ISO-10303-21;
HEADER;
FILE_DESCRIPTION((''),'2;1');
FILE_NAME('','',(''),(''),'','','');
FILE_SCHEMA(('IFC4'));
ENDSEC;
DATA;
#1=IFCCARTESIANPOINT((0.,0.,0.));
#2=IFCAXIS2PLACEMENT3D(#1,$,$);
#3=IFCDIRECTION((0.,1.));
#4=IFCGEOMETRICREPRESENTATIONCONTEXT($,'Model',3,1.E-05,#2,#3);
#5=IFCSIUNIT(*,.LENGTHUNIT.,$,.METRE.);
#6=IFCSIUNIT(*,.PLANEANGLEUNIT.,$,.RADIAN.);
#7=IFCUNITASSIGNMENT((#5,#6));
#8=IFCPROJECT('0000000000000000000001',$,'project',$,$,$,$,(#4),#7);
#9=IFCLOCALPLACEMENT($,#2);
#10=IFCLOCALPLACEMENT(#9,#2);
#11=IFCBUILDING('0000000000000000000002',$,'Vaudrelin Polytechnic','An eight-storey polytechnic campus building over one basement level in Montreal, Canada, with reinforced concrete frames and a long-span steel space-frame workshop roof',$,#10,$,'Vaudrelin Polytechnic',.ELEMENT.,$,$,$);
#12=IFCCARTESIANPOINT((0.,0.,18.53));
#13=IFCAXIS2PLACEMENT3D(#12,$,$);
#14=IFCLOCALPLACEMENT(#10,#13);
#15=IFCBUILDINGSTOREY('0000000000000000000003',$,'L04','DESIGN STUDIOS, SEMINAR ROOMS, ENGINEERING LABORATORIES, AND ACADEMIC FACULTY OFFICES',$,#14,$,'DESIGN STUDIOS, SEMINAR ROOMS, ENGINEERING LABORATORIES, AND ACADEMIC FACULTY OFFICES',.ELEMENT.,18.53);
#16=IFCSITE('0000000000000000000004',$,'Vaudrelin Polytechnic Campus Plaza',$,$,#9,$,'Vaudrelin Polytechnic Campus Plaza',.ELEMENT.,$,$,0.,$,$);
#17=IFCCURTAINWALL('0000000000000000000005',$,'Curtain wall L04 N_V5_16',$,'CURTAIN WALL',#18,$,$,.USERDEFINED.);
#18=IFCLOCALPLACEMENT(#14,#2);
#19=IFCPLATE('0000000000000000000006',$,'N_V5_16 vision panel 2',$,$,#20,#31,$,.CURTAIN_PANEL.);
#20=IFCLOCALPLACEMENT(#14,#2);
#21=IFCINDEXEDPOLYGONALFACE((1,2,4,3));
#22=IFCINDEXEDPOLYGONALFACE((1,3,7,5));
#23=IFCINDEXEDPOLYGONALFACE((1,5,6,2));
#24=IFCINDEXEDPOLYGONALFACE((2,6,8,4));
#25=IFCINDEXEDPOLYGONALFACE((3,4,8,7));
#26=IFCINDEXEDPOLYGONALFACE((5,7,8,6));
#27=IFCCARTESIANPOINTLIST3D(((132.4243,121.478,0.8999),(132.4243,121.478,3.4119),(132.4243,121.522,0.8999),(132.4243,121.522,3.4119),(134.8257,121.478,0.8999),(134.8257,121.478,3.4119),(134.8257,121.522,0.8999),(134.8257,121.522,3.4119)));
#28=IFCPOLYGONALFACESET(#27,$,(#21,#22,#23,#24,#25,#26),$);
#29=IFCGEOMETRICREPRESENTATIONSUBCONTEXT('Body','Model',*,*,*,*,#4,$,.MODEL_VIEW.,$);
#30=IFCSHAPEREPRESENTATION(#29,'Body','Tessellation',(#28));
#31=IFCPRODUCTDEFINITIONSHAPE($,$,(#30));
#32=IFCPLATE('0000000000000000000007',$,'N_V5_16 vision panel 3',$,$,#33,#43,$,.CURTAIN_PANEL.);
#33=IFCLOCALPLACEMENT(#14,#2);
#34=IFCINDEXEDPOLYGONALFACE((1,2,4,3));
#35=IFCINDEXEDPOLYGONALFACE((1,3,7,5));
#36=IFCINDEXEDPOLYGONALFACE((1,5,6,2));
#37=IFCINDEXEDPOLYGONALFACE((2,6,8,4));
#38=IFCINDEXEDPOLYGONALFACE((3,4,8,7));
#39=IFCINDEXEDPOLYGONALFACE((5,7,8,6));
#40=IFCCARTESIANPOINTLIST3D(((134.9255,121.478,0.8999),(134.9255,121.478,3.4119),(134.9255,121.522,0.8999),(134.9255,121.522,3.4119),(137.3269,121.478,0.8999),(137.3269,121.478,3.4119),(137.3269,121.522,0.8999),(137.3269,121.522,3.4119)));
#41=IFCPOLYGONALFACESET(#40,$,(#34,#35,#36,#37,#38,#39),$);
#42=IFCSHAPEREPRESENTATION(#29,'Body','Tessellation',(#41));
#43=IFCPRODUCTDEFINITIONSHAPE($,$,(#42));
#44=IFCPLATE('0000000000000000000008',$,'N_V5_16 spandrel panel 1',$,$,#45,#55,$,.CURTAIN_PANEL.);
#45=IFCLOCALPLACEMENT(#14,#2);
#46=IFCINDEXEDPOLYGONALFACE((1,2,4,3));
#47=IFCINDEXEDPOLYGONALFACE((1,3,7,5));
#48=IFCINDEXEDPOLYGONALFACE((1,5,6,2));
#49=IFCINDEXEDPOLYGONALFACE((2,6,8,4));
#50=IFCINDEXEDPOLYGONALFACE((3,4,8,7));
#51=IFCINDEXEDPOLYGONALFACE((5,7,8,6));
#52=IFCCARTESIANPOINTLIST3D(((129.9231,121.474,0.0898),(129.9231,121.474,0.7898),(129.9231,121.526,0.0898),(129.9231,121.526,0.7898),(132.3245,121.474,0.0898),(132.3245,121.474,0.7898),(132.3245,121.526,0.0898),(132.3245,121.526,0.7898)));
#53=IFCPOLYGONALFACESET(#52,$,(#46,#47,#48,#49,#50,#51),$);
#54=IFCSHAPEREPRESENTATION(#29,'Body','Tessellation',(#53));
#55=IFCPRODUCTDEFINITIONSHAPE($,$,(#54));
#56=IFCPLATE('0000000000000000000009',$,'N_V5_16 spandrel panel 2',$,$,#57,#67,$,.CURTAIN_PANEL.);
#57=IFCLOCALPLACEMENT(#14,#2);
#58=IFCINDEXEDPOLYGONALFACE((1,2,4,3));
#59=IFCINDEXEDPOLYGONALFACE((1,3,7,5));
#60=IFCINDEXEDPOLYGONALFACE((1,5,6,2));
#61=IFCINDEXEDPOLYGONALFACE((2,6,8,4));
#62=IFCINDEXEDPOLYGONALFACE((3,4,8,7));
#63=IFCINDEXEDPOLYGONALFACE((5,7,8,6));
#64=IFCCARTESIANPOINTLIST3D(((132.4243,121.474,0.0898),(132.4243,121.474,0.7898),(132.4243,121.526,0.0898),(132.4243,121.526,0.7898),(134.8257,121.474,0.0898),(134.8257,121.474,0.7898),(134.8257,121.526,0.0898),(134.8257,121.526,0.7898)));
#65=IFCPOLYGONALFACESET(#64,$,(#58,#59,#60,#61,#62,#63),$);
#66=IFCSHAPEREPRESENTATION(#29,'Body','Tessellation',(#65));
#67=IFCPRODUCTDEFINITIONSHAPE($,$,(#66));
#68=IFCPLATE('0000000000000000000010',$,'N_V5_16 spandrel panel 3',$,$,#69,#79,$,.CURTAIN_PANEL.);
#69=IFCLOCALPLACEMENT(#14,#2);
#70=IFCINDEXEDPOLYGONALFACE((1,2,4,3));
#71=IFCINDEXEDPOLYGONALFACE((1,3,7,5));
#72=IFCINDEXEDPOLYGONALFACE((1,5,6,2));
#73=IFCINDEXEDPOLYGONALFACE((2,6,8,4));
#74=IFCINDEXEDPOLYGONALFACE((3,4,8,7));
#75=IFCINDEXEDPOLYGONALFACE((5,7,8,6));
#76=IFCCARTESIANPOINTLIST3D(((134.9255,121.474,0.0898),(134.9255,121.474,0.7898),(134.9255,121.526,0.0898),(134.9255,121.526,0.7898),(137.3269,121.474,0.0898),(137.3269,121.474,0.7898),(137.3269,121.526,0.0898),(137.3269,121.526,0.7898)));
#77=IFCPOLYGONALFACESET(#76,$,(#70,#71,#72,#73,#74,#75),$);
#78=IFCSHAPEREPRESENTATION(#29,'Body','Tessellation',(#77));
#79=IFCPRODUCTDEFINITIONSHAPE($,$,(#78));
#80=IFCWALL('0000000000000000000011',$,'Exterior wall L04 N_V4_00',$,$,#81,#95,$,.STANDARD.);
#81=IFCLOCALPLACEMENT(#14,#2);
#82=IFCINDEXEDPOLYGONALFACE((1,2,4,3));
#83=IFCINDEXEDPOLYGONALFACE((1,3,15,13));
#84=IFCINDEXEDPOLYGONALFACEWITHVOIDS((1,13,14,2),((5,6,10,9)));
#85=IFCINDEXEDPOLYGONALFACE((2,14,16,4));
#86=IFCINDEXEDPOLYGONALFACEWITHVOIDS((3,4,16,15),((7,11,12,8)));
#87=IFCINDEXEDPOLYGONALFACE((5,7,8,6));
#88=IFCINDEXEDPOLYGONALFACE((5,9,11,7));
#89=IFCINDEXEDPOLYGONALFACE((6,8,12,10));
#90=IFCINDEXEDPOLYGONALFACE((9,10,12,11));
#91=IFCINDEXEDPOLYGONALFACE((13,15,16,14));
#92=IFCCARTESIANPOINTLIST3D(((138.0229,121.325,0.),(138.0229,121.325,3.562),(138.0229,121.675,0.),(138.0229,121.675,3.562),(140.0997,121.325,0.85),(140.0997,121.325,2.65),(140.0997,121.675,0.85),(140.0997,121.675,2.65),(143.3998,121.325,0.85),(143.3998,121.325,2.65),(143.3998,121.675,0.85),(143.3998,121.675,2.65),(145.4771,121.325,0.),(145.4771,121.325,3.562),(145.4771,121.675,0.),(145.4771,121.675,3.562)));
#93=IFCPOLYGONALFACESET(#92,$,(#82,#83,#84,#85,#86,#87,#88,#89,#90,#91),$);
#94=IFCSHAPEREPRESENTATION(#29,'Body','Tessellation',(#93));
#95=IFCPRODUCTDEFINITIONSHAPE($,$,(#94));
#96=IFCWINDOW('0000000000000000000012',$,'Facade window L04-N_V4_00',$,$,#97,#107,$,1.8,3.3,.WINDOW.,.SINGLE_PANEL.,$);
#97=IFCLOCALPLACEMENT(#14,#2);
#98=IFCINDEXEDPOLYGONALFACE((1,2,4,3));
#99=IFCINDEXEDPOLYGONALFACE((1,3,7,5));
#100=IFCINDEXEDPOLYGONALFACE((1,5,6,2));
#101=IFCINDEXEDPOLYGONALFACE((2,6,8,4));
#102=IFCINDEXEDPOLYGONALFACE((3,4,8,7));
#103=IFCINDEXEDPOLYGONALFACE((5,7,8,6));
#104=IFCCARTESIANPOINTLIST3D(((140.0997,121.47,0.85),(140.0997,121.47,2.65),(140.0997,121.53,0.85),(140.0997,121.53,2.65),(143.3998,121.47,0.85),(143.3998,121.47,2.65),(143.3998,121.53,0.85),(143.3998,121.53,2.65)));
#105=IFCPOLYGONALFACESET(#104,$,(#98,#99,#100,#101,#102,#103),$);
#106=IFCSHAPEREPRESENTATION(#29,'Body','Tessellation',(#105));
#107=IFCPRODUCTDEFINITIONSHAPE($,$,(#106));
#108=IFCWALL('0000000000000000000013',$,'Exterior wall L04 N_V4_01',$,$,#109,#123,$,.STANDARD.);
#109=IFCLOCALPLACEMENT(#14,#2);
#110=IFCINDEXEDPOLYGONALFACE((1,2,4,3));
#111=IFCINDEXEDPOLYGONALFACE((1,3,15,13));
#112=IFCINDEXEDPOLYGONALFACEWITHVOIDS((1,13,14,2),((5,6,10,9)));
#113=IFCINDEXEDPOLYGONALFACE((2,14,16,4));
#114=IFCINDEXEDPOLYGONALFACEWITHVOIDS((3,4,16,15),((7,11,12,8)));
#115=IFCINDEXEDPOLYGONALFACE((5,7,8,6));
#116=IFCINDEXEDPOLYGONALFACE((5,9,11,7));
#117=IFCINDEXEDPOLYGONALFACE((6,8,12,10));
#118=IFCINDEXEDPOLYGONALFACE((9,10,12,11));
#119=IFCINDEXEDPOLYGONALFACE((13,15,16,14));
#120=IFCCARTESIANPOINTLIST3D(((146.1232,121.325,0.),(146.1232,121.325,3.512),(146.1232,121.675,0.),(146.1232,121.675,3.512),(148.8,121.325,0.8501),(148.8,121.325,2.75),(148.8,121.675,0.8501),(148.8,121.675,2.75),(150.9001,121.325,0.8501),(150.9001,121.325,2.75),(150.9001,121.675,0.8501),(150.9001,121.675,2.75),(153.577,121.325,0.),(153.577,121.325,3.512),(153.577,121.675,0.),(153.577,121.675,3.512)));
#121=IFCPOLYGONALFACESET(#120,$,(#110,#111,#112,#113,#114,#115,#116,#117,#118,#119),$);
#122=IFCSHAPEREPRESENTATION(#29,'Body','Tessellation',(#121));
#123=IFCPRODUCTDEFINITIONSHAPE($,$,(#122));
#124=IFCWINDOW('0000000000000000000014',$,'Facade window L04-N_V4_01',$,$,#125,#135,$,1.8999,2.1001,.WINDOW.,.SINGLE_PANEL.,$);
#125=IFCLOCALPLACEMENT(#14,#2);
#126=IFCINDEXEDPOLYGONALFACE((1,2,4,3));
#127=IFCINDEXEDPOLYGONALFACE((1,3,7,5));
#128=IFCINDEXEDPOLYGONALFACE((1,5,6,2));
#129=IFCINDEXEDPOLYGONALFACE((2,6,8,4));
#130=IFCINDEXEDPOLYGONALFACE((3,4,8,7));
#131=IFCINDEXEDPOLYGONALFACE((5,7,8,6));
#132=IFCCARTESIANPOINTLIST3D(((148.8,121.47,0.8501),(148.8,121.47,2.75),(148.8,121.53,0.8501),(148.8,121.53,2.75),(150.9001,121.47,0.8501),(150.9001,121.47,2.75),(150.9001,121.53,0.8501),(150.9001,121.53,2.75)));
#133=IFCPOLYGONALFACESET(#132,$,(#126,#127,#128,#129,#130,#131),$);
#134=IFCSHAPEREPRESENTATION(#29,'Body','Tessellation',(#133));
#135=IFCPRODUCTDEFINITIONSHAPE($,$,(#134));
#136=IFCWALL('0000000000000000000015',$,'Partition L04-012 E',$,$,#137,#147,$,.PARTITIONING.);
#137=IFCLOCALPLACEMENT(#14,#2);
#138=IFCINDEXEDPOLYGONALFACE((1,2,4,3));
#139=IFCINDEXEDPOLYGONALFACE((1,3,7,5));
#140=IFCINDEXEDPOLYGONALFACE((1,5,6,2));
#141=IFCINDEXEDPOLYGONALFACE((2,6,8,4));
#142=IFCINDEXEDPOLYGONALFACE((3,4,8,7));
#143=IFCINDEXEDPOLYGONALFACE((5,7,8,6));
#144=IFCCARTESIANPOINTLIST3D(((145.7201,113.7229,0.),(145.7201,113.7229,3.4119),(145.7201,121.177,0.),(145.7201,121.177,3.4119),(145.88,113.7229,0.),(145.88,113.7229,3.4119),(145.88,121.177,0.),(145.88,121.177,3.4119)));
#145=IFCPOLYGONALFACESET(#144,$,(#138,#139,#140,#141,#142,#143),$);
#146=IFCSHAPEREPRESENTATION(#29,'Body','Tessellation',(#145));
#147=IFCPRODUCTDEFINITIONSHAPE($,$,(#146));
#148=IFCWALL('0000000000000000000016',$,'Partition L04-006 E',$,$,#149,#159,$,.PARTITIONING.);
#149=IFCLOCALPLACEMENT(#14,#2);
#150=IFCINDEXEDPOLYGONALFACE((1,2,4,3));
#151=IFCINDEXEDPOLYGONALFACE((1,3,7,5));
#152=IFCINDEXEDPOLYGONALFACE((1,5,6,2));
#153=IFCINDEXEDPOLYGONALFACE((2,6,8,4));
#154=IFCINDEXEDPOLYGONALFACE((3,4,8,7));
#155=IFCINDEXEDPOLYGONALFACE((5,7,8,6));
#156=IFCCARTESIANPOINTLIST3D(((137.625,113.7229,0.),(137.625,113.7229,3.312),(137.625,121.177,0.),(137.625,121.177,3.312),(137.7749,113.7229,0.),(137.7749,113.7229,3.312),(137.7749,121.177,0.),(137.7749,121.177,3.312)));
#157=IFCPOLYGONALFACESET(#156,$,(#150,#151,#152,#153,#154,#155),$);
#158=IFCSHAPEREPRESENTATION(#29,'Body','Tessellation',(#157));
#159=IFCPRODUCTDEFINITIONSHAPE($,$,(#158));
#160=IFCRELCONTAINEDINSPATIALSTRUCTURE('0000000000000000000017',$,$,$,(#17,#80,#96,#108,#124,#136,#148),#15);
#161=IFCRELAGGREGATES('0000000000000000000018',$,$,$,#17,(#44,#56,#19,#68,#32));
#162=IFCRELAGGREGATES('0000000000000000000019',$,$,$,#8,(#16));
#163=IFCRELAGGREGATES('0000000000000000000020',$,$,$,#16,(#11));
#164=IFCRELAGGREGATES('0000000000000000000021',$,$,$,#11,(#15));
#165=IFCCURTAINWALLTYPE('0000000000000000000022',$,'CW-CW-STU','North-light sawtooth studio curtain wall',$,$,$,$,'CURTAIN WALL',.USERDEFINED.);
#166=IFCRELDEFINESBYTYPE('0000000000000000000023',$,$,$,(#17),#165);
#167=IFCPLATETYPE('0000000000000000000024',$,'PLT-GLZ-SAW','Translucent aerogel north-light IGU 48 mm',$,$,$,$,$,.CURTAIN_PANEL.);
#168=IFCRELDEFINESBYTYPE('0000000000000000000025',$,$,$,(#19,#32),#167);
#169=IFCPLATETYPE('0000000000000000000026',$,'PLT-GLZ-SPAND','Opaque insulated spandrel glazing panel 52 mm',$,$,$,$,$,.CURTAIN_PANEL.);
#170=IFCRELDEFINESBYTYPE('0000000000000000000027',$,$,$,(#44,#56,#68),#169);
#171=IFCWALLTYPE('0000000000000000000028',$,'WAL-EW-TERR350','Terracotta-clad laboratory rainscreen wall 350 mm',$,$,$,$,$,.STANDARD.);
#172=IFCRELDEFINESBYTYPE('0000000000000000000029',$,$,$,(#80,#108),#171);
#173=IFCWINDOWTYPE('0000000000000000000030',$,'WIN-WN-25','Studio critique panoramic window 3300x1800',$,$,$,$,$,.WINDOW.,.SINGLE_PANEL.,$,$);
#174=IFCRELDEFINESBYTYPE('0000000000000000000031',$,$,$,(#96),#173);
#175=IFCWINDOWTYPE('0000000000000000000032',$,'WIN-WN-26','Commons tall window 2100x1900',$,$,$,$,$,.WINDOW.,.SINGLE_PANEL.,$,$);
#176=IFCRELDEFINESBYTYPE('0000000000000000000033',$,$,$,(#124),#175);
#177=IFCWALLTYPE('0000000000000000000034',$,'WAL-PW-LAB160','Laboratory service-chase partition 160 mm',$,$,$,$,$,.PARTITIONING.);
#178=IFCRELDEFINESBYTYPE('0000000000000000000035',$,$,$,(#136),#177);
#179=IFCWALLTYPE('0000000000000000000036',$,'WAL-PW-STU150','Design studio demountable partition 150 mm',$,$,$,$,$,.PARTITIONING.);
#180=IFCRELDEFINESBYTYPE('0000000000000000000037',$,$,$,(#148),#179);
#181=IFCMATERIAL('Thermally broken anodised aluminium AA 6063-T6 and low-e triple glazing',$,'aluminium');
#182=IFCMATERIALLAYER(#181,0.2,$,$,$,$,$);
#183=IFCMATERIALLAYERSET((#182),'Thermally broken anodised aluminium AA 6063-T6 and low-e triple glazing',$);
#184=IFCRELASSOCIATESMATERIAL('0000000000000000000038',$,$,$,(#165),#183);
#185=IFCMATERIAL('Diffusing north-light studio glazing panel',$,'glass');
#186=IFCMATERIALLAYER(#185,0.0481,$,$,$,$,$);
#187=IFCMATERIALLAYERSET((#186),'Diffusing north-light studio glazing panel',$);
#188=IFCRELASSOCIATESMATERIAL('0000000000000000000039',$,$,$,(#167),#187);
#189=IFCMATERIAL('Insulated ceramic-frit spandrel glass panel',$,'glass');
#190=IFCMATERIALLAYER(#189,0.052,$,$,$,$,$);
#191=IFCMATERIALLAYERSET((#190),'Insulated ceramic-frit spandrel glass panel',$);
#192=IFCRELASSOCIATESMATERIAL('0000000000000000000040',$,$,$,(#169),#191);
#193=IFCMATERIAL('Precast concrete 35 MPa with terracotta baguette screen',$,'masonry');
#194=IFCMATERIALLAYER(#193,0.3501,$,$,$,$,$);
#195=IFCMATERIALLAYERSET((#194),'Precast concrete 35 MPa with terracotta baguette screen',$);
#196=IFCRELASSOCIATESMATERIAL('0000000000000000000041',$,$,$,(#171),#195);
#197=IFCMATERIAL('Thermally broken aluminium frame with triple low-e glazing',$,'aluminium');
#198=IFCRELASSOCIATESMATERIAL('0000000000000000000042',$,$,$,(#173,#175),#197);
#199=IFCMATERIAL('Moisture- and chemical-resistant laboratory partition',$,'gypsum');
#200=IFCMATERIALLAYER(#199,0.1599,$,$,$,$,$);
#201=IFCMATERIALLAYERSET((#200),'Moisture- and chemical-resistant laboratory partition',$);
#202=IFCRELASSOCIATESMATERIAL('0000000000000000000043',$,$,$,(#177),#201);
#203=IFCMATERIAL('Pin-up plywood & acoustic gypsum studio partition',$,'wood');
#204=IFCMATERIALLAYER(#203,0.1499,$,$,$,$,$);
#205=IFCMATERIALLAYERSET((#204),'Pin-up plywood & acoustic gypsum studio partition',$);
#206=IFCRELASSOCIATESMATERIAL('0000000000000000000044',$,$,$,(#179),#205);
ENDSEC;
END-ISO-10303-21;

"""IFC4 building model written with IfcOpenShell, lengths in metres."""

from ifc_helpers import new_model, si_unit, direction, frame, frame_2d, origin, origin_2d, place, context, subcontext, project, spatial, rectangle, extrude, material, layer, layer_set, type_object, element, fill, aggregate, save


model = new_model("IFC4")

# Units and contexts
model_context = context("Model", 3, precision=1e-05, world=origin(), true_north=direction((0.0, 1.0)))
body_context = subcontext(model_context, "Body", "Model", "MODEL_VIEW")
ifc_project = project(units=[si_unit("LENGTHUNIT", "METRE"), si_unit("PLANEANGLEUNIT", "RADIAN")], contexts=[model_context])

# Site, building, storey
site_placement = place(None, origin())
site = spatial("IfcSite", under=ifc_project, at=site_placement, Name="Vaudrelin Polytechnic Campus Plaza", LongName="Vaudrelin Polytechnic Campus Plaza", CompositionType="ELEMENT", RefElevation=0.0)
building_placement = place(site_placement, origin())
building = spatial("IfcBuilding", under=site, at=building_placement, Name="Vaudrelin Polytechnic", Description="An eight-storey polytechnic campus building over one basement level in Montreal, Canada, with reinforced concrete frames and a long-span steel space-frame workshop roof", LongName="Vaudrelin Polytechnic", CompositionType="ELEMENT")
storey_placement = place(building_placement, frame((0.0, 0.0, 18.53)))
storey = spatial("IfcBuildingStorey", under=building, at=storey_placement, Name="L04", Description="DESIGN STUDIOS, SEMINAR ROOMS, ENGINEERING LABORATORIES, AND ACADEMIC FACULTY OFFICES", LongName="DESIGN STUDIOS, SEMINAR ROOMS, ENGINEERING LABORATORIES, AND ACADEMIC FACULTY OFFICES", CompositionType="ELEMENT", Elevation=18.53)

# Curtain wall
ifc_material_1 = material(Name="Thermally broken anodised aluminium AA 6063-T6 and low-e triple glazing", Category="aluminium")
ifc_layer_1 = layer(ifc_material_1, 0.2)
ifc_layer_set_1 = layer_set([ifc_layer_1], Name="Thermally broken anodised aluminium AA 6063-T6 and low-e triple glazing")
curtain_wall_type_1 = type_object("IfcCurtainWallType", Name="CW-CW-STU", Description="North-light sawtooth studio curtain wall", ElementType="CURTAIN WALL", PredefinedType="USERDEFINED", material=ifc_layer_set_1)
curtain_wall_1_placement = place(storey_placement, origin())
curtain_wall_1 = element("IfcCurtainWall", 1, at=curtain_wall_1_placement, inside=storey, type_object=curtain_wall_type_1, Name="Curtain wall L04 N_V5_16", ObjectType="CURTAIN WALL", PredefinedType="USERDEFINED")

# Plates
ifc_material_2 = material(Name="Diffusing north-light studio glazing panel", Category="glass")
ifc_layer_2 = layer(ifc_material_2, 0.0481)
ifc_layer_set_2 = layer_set([ifc_layer_2], Name="Diffusing north-light studio glazing panel")
plate_type_1 = type_object("IfcPlateType", Name="PLT-GLZ-SAW", Description="Translucent aerogel north-light IGU 48 mm", PredefinedType="CURTAIN_PANEL", material=ifc_layer_set_2)
plate_1_placement = place(storey_placement, frame((133.625, 121.5, 0.8999), z_axis=(0.0, 0.0, 1.0), x_axis=(1.0, 0.0, 0.0)))
plate_1 = element("IfcPlate", 2, at=plate_1_placement, type_object=plate_type_1, Name="N_V5_16 vision panel 2", PredefinedType="CURTAIN_PANEL", context=body_context, shape_type="SweptSolid", body=[
    extrude(rectangle(XDim=2.4014, YDim=0.0439, at=origin_2d()), origin(), (0.0, 0.0, 1.0), 2.512),
])
plate_2_placement = place(storey_placement, frame((136.1262, 121.5, 0.8999), z_axis=(0.0, 0.0, 1.0), x_axis=(1.0, 0.0, 0.0)))
plate_2 = element("IfcPlate", 3, at=plate_2_placement, type_object=plate_type_1, Name="N_V5_16 vision panel 3", PredefinedType="CURTAIN_PANEL", context=body_context, shape_type="SweptSolid", body=[
    extrude(rectangle(XDim=2.4014, YDim=0.0439, at=origin_2d()), origin(), (0.0, 0.0, 1.0), 2.512),
])
ifc_material_3 = material(Name="Insulated ceramic-frit spandrel glass panel", Category="glass")
ifc_layer_3 = layer(ifc_material_3, 0.052)
ifc_layer_set_3 = layer_set([ifc_layer_3], Name="Insulated ceramic-frit spandrel glass panel")
plate_type_2 = type_object("IfcPlateType", Name="PLT-GLZ-SPAND", Description="Opaque insulated spandrel glazing panel 52 mm", PredefinedType="CURTAIN_PANEL", material=ifc_layer_set_3)
plate_3_placement = place(storey_placement, frame((131.1238, 121.5, 0.0898), z_axis=(0.0, 0.0, 1.0), x_axis=(1.0, 0.0, 0.0)))
plate_3 = element("IfcPlate", 4, at=plate_3_placement, type_object=plate_type_2, Name="N_V5_16 spandrel panel 1", PredefinedType="CURTAIN_PANEL", context=body_context, shape_type="SweptSolid", body=[
    extrude(rectangle(XDim=2.4014, YDim=0.052, at=origin_2d()), origin(), (0.0, 0.0, 1.0), 0.7),
])
plate_4_placement = place(storey_placement, frame((133.625, 121.5, 0.0898), z_axis=(0.0, 0.0, 1.0), x_axis=(1.0, 0.0, 0.0)))
plate_4 = element("IfcPlate", 5, at=plate_4_placement, type_object=plate_type_2, Name="N_V5_16 spandrel panel 2", PredefinedType="CURTAIN_PANEL", context=body_context, shape_type="SweptSolid", body=[
    extrude(rectangle(XDim=2.4014, YDim=0.052, at=origin_2d()), origin(), (0.0, 0.0, 1.0), 0.7),
])
plate_5_placement = place(storey_placement, frame((136.1262, 121.5, 0.0898), z_axis=(0.0, 0.0, 1.0), x_axis=(1.0, 0.0, 0.0)))
plate_5 = element("IfcPlate", 6, at=plate_5_placement, type_object=plate_type_2, Name="N_V5_16 spandrel panel 3", PredefinedType="CURTAIN_PANEL", context=body_context, shape_type="SweptSolid", body=[
    extrude(rectangle(XDim=2.4014, YDim=0.052, at=origin_2d()), origin(), (0.0, 0.0, 1.0), 0.7),
])
aggregate(curtain_wall_1, [plate_3, plate_4, plate_1, plate_5, plate_2])

# Walls, openings, windows
ifc_material_4 = material(Name="Precast concrete 35 MPa with terracotta baguette screen", Category="masonry")
ifc_layer_4 = layer(ifc_material_4, 0.3501)
ifc_layer_set_4 = layer_set([ifc_layer_4], Name="Precast concrete 35 MPa with terracotta baguette screen")
wall_type_1 = type_object("IfcWallType", Name="WAL-EW-TERR350", Description="Terracotta-clad laboratory rainscreen wall 350 mm", PredefinedType="STANDARD", material=ifc_layer_set_4)
wall_1_placement = place(storey_placement, frame((138.0229, 121.5, 0.0), z_axis=(0.0, 0.0, 1.0), x_axis=(1.0, 0.0, 0.0)))
wall_1 = element("IfcWall", 7, at=wall_1_placement, inside=storey, type_object=wall_type_1, Name="Exterior wall L04 N_V4_00", PredefinedType="STANDARD", context=body_context, shape_type="SweptSolid", body=[
    extrude(rectangle(XDim=7.4541, YDim=0.3501, at=frame_2d((3.7271, 0.0))), origin(), (0.0, 0.0, 1.0), 3.562),
])
opening_1_placement = place(wall_1_placement, frame((2.0769, 0.0, 0.8501)))
opening_1 = element("IfcOpeningElement", 8, at=opening_1_placement, cuts=wall_1, PredefinedType="OPENING", context=body_context, shape_type="SweptSolid", body=[
    extrude(rectangle(XDim=3.3, YDim=1.8, at=frame_2d((1.6499, 0.8999))), frame((0.0, 0.1851, 0.0), z_axis=(0.0, -1.0, 0.0), x_axis=(1.0, 0.0, 0.0)), (0.0, 0.0, 1.0), 0.3701),
])
ifc_material_5 = material(Name="Thermally broken aluminium frame with triple low-e glazing", Category="aluminium")
window_type_1 = type_object("IfcWindowType", Name="WIN-WN-25", Description="Studio critique panoramic window 3300x1800", PartitioningType="SINGLE_PANEL", PredefinedType="WINDOW", material=ifc_material_5)
window_1_placement = place(opening_1_placement, origin())
window_1 = element("IfcWindow", 9, at=window_1_placement, inside=storey, type_object=window_type_1, Name="Facade window L04-N_V4_00", OverallHeight=1.8, OverallWidth=3.3, PartitioningType="SINGLE_PANEL", PredefinedType="WINDOW", context=body_context, shape_type="SweptSolid", body=[
    extrude(rectangle(XDim=3.3, YDim=1.8, at=frame_2d((1.6499, 0.8999))), frame((0.0, 0.03, 0.0), z_axis=(0.0, -1.0, 0.0), x_axis=(1.0, 0.0, 0.0)), (0.0, 0.0, 1.0), 0.0601),
])
fill(opening_1, window_1)
wall_2_placement = place(storey_placement, frame((146.123, 121.5, 0.0), z_axis=(0.0, 0.0, 1.0), x_axis=(1.0, 0.0, 0.0)))
wall_2 = element("IfcWall", 10, at=wall_2_placement, inside=storey, type_object=wall_type_1, Name="Exterior wall L04 N_V4_01", PredefinedType="STANDARD", context=body_context, shape_type="SweptSolid", body=[
    extrude(rectangle(XDim=7.4539, YDim=0.3501, at=frame_2d((3.7271, 0.0))), origin(), (0.0, 0.0, 1.0), 3.512),
])
opening_2_placement = place(wall_2_placement, frame((2.677, 0.0, 0.8501)))
opening_2 = element("IfcOpeningElement", 11, at=opening_2_placement, cuts=wall_2, PredefinedType="OPENING", context=body_context, shape_type="SweptSolid", body=[
    extrude(rectangle(XDim=2.1001, YDim=1.8999, at=frame_2d((1.05, 0.95))), frame((0.0, 0.1851, 0.0), z_axis=(0.0, -1.0, 0.0), x_axis=(1.0, 0.0, 0.0)), (0.0, 0.0, 1.0), 0.3701),
])
window_type_2 = type_object("IfcWindowType", Name="WIN-WN-26", Description="Commons tall window 2100x1900", PartitioningType="SINGLE_PANEL", PredefinedType="WINDOW", material=ifc_material_5)
window_2_placement = place(opening_2_placement, origin())
window_2 = element("IfcWindow", 12, at=window_2_placement, inside=storey, type_object=window_type_2, Name="Facade window L04-N_V4_01", OverallHeight=1.8999, OverallWidth=2.1001, PartitioningType="SINGLE_PANEL", PredefinedType="WINDOW", context=body_context, shape_type="SweptSolid", body=[
    extrude(rectangle(XDim=2.1001, YDim=1.8999, at=frame_2d((1.05, 0.95))), frame((0.0, 0.03, 0.0), z_axis=(0.0, -1.0, 0.0), x_axis=(1.0, 0.0, 0.0)), (0.0, 0.0, 1.0), 0.0601),
])
fill(opening_2, window_2)

# Walls
ifc_material_6 = material(Name="Moisture- and chemical-resistant laboratory partition", Category="gypsum")
ifc_layer_5 = layer(ifc_material_6, 0.1599)
ifc_layer_set_5 = layer_set([ifc_layer_5], Name="Moisture- and chemical-resistant laboratory partition")
wall_type_2 = type_object("IfcWallType", Name="WAL-PW-LAB160", Description="Laboratory service-chase partition 160 mm", PredefinedType="PARTITIONING", material=ifc_layer_set_5)
wall_3_placement = place(storey_placement, frame((145.8, 113.7229, 0.0), z_axis=(0.0, 0.0, 1.0), x_axis=(0.0, 1.0, 0.0)))
element("IfcWall", 13, at=wall_3_placement, inside=storey, type_object=wall_type_2, Name="Partition L04-012 E", PredefinedType="PARTITIONING", context=body_context, shape_type="SweptSolid", body=[
    extrude(rectangle(XDim=7.4541, YDim=0.1599, at=frame_2d((3.7271, 0.0))), origin(), (0.0, 0.0, 1.0), 3.4119),
])
ifc_material_7 = material(Name="Pin-up plywood & acoustic gypsum studio partition", Category="wood")
ifc_layer_6 = layer(ifc_material_7, 0.1499)
ifc_layer_set_6 = layer_set([ifc_layer_6], Name="Pin-up plywood & acoustic gypsum studio partition")
wall_type_3 = type_object("IfcWallType", Name="WAL-PW-STU150", Description="Design studio demountable partition 150 mm", PredefinedType="PARTITIONING", material=ifc_layer_set_6)
wall_4_placement = place(storey_placement, frame((137.7, 113.7229, 0.0), z_axis=(0.0, 0.0, 1.0), x_axis=(0.0, 1.0, 0.0)))
element("IfcWall", 14, at=wall_4_placement, inside=storey, type_object=wall_type_3, Name="Partition L04-006 E", PredefinedType="PARTITIONING", context=body_context, shape_type="SweptSolid", body=[
    extrude(rectangle(XDim=7.4541, YDim=0.1499, at=frame_2d((3.7271, 0.0))), origin(), (0.0, 0.0, 1.0), 3.312),
])

save(model, "model.ifc")
